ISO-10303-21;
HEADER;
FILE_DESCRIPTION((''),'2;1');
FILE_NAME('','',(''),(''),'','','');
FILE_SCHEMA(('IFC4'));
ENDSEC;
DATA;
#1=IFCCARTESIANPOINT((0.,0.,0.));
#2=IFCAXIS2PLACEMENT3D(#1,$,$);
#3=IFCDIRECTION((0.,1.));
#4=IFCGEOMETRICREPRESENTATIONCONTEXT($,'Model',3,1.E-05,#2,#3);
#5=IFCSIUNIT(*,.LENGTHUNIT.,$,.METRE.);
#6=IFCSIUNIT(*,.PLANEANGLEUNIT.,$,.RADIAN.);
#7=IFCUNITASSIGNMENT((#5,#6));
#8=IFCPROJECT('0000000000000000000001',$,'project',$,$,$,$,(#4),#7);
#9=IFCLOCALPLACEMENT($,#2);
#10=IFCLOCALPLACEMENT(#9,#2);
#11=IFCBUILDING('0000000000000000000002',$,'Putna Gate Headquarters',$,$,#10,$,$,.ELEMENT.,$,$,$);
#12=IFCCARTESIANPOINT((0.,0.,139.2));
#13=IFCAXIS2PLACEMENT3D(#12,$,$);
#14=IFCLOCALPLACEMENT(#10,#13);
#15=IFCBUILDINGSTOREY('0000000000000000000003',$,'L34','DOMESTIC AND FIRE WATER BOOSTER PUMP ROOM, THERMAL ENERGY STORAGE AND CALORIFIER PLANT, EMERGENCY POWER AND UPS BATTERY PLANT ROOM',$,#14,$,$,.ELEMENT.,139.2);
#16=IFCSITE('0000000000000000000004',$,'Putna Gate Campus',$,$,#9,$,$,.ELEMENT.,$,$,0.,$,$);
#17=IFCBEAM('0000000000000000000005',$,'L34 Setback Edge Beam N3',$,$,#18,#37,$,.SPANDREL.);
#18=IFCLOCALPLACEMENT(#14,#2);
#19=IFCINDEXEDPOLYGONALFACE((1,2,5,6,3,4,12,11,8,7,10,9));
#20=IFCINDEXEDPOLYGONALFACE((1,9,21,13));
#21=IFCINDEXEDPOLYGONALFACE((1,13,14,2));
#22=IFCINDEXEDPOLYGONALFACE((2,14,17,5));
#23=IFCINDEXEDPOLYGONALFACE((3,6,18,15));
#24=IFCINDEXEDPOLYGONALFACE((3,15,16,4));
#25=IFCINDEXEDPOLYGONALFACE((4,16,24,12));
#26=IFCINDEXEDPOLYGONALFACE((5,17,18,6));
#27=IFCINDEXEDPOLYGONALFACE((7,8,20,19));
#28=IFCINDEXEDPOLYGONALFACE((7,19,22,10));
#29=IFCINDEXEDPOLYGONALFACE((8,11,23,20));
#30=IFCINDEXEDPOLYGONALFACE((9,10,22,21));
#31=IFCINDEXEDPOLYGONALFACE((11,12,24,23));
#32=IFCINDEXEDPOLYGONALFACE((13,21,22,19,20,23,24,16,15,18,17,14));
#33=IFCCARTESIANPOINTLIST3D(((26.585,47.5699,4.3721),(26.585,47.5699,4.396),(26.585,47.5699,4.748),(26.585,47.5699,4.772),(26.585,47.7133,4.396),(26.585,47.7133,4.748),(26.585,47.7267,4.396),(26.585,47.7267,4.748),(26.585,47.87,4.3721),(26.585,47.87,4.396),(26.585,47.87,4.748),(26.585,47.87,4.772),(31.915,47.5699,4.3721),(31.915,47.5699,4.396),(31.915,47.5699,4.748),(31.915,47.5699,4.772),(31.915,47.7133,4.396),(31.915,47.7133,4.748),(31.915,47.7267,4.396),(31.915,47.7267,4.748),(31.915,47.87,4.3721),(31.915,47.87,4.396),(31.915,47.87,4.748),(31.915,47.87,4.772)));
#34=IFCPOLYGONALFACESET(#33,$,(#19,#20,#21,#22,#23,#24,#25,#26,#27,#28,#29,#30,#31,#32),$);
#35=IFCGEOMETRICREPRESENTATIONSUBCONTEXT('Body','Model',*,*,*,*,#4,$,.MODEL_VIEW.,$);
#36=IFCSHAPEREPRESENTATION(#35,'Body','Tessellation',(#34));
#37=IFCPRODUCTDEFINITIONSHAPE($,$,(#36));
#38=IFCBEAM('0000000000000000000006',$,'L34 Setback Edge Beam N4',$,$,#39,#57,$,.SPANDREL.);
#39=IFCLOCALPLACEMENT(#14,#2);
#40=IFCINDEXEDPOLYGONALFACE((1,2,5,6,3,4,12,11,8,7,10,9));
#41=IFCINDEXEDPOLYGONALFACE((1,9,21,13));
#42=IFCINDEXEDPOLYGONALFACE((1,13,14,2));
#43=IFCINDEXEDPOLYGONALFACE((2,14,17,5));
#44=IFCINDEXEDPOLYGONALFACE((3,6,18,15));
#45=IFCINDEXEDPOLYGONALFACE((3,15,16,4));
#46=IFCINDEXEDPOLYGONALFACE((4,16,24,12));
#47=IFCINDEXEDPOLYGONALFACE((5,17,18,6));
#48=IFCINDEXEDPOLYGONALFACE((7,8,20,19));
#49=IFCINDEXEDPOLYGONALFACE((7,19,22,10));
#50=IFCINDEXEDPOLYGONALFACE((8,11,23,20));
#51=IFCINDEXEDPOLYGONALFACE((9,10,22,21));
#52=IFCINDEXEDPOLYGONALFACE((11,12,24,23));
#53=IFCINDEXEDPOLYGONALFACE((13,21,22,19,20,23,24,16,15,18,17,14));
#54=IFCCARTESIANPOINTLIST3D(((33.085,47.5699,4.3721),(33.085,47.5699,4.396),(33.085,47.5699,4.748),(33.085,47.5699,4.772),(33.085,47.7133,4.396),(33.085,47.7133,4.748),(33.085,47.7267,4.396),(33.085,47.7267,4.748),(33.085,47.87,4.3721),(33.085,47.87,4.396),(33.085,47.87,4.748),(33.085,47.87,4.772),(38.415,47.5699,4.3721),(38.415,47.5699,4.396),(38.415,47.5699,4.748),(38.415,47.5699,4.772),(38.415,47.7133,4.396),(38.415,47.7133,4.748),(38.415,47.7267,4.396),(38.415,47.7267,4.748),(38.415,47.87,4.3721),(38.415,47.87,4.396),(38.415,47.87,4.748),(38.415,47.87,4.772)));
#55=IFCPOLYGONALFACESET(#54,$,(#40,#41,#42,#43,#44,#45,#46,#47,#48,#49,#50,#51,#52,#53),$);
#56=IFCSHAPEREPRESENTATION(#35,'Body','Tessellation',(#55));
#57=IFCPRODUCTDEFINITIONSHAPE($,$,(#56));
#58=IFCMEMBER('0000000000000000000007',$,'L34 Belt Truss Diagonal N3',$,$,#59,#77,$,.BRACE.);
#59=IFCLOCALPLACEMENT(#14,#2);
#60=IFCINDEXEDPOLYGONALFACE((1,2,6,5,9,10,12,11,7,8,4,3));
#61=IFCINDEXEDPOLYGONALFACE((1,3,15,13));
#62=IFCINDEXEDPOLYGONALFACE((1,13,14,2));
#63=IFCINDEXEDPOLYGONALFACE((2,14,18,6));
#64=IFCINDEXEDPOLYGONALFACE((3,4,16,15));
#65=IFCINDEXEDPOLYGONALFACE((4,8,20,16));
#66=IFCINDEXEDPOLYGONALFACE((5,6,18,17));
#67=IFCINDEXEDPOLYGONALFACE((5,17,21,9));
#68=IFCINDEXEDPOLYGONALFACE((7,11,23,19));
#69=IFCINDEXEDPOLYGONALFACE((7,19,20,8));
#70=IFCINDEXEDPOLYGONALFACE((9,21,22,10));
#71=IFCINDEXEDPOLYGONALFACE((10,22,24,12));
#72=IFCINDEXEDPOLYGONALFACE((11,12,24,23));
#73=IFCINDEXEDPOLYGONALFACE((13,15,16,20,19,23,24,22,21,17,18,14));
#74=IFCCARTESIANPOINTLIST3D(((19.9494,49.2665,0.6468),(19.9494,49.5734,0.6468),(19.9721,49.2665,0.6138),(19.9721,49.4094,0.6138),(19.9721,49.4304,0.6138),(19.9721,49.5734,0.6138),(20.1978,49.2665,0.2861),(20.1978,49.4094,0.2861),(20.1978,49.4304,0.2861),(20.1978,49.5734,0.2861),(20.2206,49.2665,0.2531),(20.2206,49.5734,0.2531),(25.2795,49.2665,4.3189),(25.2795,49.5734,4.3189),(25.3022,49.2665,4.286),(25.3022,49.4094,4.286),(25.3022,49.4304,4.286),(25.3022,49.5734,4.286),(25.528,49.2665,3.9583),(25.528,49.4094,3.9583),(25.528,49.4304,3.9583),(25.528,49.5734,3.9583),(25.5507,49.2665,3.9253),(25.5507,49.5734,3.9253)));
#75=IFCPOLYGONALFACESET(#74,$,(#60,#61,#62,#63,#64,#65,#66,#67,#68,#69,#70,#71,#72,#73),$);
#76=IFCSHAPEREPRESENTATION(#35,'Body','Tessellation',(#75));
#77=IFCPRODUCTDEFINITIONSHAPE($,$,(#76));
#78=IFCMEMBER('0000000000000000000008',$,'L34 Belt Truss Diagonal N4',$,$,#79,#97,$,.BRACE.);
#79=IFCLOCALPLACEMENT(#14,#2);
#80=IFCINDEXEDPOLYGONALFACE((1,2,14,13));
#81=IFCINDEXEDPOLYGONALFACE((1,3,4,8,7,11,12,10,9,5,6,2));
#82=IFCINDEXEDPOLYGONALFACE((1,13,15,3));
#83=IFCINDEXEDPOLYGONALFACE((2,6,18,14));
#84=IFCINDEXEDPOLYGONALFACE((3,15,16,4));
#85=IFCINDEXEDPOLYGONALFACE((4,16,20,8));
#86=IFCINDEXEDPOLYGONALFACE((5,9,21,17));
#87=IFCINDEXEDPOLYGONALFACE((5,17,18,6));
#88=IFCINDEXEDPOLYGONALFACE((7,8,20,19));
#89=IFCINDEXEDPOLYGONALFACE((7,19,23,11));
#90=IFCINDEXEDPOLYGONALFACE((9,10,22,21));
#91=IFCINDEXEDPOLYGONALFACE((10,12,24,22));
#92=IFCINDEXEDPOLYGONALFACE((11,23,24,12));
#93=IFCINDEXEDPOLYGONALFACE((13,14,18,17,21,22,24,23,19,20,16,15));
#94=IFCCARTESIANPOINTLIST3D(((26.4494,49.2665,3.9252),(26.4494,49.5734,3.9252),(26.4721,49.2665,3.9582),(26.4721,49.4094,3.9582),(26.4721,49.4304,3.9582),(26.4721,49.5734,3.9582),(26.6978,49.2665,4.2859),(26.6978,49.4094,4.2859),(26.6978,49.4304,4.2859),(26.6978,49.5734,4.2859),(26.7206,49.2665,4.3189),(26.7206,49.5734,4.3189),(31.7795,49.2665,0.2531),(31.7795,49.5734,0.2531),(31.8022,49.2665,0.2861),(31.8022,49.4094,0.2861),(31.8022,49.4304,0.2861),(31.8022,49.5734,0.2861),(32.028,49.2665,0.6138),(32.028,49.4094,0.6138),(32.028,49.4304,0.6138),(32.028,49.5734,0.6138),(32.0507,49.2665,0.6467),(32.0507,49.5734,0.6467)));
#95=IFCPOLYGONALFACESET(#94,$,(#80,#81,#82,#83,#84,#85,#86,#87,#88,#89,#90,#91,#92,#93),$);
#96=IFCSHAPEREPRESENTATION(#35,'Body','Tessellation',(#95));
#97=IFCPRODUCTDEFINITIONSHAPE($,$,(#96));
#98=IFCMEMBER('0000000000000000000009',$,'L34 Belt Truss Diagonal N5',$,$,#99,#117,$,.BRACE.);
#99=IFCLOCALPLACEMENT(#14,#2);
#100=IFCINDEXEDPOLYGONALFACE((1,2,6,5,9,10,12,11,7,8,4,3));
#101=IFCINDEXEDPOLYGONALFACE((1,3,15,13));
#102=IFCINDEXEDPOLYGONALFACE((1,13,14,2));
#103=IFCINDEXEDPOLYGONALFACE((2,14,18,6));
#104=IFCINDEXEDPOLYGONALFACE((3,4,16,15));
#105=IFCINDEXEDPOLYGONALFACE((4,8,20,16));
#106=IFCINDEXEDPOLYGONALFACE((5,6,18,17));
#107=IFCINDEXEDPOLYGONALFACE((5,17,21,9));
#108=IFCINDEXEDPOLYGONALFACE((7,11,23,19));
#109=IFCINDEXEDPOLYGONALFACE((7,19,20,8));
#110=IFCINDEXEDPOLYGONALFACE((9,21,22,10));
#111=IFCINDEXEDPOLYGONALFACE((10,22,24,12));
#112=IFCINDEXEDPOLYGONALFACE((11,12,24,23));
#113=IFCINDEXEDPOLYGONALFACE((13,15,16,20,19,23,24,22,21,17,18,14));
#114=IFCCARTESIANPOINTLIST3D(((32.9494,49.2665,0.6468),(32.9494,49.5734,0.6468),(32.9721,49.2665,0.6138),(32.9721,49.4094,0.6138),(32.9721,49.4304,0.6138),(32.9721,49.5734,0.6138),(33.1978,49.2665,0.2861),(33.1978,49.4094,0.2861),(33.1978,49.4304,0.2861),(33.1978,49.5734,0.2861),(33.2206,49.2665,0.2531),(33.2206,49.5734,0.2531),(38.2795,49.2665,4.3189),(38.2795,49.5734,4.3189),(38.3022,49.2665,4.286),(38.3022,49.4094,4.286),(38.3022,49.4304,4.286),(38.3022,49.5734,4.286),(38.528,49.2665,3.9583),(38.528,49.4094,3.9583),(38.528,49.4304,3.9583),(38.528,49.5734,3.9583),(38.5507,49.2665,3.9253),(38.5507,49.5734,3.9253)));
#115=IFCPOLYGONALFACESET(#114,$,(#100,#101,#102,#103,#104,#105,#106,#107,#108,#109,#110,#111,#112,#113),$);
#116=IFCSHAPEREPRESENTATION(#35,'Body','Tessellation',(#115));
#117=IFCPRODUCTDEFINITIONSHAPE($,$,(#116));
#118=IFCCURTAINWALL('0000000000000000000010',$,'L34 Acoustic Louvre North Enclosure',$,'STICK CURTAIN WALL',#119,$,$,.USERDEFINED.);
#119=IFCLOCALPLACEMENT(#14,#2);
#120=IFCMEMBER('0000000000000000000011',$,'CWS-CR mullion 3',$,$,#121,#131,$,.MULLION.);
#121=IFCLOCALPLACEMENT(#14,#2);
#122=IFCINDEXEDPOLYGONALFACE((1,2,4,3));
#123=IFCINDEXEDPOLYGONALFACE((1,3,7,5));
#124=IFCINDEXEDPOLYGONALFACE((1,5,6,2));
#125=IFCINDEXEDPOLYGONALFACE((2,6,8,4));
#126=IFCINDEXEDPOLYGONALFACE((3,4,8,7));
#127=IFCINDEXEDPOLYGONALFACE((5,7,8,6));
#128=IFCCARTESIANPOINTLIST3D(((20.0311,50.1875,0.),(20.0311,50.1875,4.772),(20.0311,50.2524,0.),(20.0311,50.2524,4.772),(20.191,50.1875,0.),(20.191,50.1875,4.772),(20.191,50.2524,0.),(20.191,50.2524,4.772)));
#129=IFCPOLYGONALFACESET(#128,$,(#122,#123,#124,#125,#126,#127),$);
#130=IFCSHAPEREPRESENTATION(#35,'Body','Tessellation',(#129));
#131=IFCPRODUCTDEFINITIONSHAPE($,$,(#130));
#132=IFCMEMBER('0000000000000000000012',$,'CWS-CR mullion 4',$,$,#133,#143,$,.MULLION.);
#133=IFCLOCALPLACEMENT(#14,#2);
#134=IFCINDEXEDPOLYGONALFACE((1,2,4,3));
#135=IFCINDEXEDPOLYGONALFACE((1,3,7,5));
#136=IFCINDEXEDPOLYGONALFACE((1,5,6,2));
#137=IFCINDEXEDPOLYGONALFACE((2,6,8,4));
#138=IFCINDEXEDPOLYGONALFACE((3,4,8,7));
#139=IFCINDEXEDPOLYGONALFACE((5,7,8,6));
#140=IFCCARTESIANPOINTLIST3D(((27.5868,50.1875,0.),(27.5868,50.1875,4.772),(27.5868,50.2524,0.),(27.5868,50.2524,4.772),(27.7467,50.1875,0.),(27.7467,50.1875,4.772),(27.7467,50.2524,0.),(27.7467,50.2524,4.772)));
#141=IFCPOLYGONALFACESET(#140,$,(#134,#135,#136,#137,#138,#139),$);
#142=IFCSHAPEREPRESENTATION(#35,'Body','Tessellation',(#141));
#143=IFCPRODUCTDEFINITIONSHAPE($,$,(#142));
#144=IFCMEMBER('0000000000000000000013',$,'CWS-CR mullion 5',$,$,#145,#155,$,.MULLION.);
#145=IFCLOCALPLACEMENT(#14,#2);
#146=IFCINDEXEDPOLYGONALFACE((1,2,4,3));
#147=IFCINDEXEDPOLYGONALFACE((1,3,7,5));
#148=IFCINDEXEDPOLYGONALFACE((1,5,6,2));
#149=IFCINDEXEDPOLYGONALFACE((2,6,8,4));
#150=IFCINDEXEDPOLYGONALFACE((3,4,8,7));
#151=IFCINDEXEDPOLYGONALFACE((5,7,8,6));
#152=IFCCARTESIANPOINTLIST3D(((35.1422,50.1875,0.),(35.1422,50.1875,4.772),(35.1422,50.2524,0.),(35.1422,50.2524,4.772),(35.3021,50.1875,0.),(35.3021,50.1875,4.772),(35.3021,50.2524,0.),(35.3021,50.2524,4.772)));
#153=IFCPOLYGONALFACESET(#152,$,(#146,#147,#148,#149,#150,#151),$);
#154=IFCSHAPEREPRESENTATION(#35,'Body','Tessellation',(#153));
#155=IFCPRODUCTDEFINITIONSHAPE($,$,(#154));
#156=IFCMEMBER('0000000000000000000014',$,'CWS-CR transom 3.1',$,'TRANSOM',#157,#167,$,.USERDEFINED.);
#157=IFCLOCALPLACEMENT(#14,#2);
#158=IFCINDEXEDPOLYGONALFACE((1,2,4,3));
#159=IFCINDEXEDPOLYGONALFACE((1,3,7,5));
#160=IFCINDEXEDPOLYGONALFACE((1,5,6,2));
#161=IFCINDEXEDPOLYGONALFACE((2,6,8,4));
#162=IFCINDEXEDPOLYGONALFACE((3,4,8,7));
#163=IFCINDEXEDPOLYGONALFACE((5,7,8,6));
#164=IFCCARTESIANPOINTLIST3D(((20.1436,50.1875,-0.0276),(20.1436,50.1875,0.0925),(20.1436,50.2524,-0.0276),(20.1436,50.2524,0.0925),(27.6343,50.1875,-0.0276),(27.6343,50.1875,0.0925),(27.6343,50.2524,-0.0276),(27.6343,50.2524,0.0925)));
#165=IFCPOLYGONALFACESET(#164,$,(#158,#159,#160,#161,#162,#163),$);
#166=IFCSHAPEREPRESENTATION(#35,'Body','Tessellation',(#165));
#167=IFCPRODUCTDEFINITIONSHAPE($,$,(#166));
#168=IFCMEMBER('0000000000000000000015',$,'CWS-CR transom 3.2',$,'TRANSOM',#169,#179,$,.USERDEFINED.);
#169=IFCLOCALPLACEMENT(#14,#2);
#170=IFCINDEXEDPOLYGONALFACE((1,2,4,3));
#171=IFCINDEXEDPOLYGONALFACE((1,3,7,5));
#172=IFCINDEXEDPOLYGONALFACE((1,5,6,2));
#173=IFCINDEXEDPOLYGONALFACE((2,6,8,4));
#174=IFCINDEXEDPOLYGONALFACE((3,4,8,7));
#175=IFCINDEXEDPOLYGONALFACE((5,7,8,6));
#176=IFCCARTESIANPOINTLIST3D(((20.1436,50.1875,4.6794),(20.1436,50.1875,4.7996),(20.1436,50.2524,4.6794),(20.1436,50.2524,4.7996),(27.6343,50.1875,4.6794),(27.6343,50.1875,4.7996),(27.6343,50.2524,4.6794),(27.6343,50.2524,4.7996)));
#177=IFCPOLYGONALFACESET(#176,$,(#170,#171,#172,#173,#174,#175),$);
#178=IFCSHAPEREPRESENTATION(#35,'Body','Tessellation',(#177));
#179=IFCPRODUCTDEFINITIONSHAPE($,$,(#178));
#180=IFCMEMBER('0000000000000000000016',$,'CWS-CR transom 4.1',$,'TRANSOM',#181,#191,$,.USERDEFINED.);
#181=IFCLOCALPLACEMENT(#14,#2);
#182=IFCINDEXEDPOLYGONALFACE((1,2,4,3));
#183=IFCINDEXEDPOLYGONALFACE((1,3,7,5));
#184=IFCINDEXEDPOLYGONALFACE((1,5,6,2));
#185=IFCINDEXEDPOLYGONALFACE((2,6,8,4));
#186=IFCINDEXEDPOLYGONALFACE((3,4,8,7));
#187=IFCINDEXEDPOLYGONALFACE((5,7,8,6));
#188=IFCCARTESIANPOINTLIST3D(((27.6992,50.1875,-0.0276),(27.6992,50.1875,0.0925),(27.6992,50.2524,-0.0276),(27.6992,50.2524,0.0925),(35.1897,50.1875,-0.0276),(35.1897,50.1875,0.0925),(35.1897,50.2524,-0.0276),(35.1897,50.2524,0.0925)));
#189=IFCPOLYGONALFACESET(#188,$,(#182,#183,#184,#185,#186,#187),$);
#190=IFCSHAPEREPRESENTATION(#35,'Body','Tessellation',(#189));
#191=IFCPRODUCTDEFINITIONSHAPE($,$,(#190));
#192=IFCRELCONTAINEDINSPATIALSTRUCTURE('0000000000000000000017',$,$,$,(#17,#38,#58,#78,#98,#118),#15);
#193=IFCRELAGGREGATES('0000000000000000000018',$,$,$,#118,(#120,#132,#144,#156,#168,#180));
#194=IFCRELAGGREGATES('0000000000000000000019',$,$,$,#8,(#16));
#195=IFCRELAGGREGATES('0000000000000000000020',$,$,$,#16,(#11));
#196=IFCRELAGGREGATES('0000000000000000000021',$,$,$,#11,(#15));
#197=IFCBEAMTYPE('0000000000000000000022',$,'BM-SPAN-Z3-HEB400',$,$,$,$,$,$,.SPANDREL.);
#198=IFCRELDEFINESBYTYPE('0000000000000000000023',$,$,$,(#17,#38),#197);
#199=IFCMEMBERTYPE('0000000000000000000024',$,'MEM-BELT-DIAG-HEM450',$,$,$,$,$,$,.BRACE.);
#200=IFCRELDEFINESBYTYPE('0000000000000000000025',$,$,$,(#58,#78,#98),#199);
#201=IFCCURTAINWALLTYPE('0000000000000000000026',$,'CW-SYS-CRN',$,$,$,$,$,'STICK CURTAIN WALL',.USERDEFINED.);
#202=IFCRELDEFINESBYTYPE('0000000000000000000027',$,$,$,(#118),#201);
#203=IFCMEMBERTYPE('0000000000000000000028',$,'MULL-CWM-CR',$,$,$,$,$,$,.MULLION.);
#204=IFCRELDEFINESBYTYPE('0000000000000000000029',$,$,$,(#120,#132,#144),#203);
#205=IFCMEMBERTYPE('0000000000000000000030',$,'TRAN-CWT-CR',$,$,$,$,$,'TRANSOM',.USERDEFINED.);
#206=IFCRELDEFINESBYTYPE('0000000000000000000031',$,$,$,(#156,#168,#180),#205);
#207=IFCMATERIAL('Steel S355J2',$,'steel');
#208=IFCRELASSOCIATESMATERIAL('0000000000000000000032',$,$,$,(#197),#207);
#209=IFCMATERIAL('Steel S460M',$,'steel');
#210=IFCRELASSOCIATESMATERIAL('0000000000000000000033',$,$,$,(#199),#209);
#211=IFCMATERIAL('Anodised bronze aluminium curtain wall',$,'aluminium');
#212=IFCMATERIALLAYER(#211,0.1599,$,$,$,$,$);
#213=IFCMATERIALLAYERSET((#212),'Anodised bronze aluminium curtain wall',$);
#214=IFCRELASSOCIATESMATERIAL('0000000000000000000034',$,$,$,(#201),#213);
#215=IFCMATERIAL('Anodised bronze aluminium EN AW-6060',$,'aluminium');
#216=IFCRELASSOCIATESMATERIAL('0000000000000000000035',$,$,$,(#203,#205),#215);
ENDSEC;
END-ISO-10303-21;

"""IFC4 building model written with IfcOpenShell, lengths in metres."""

from ifc_helpers import new_model, si_unit, direction, frame, origin, origin_2d, place, context, subcontext, project, spatial, rectangle, i_section, extrude, material, layer, layer_set, material_profile, profile_set, type_object, element, aggregate, save


model = new_model("IFC4")

# Units and contexts
model_context = context("Model", 3, precision=1e-05, world=origin(), true_north=direction((0.0, 1.0)))
body_context = subcontext(model_context, "Body", "Model", "MODEL_VIEW")
ifc_project = project(units=[si_unit("LENGTHUNIT", "METRE"), si_unit("PLANEANGLEUNIT", "RADIAN")], contexts=[model_context])

# Site, building, storey
site_placement = place(None, origin())
site = spatial("IfcSite", under=ifc_project, at=site_placement, Name="Putna Gate Campus", CompositionType="ELEMENT", RefElevation=0.0)
building_placement = place(site_placement, origin())
building = spatial("IfcBuilding", under=site, at=building_placement, Name="Putna Gate Headquarters", CompositionType="ELEMENT")
storey_placement = place(building_placement, frame((0.0, 0.0, 139.2)))
storey = spatial("IfcBuildingStorey", under=building, at=storey_placement, Name="L34", Description="DOMESTIC AND FIRE WATER BOOSTER PUMP ROOM, THERMAL ENERGY STORAGE AND CALORIFIER PLANT, EMERGENCY POWER AND UPS BATTERY PLANT ROOM", CompositionType="ELEMENT", Elevation=139.2)

# Beams
ifc_material_1 = material(Name="Steel S355J2", Category="steel")
ifc_material_profile_1 = material_profile(ifc_material_1, i_section(OverallWidth=0.3, OverallDepth=0.3999, WebThickness=0.0134, FlangeThickness=0.0239, at=origin_2d()), Name="Steel S355J2")
ifc_profile_set_1 = profile_set([ifc_material_profile_1], Name="Steel S355J2")
beam_type_1 = type_object("IfcBeamType", Name="BM-SPAN-Z3-HEB400", PredefinedType="SPANDREL", material=ifc_profile_set_1)
for number, where, z_axis, x_axis, name in (
    (1, (26.585, 47.72, 4.572), (1.0, 0.0, 0.0), (0.0, 1.0, 0.0), "L34 Setback Edge Beam N3"),
    (2, (33.085, 47.72, 4.572), (1.0, 0.0, 0.0), (0.0, 1.0, 0.0), "L34 Setback Edge Beam N4"),
):
    element("IfcBeam", number, at=place(storey_placement, frame(where, z_axis=z_axis, x_axis=x_axis)), inside=storey, type_object=beam_type_1, Name=name, PredefinedType="SPANDREL", context=body_context, shape_type="SweptSolid", body=[
        extrude(i_section(OverallWidth=0.3, OverallDepth=0.3999, WebThickness=0.0134, FlangeThickness=0.0239, at=origin_2d()), origin(), (0.0, 0.0, 1.0), 5.3301),
    ])

# Members
ifc_material_2 = material(Name="Steel S460M", Category="steel")
ifc_material_profile_2 = material_profile(ifc_material_2, i_section(OverallWidth=0.3069, OverallDepth=0.478, WebThickness=0.021, FlangeThickness=0.04, at=origin_2d()), Name="Steel S460M")
ifc_profile_set_2 = profile_set([ifc_material_profile_2], Name="Steel S460M")
member_type_1 = type_object("IfcMemberType", Name="MEM-BELT-DIAG-HEM450", PredefinedType="BRACE", material=ifc_profile_set_2)
for number, where, z_axis, x_axis, name in (
    (3, (20.085, 49.4199, 0.45), (0.823487, 0.0, 0.567335), (0.0, 1.0, 0.0), "L34 Belt Truss Diagonal N3"),
    (4, (26.585, 49.4199, 4.1221), (0.823487, 0.0, -0.567335), (0.0, 1.0, 0.0), "L34 Belt Truss Diagonal N4"),
    (5, (33.085, 49.4199, 0.45), (0.823487, 0.0, 0.567335), (0.0, 1.0, 0.0), "L34 Belt Truss Diagonal N5"),
):
    element("IfcMember", number, at=place(storey_placement, frame(where, z_axis=z_axis, x_axis=x_axis)), inside=storey, type_object=member_type_1, Name=name, PredefinedType="BRACE", context=body_context, shape_type="SweptSolid", body=[
        extrude(i_section(OverallWidth=0.3069, OverallDepth=0.478, WebThickness=0.021, FlangeThickness=0.04, at=origin_2d()), origin(), (0.0, 0.0, 1.0), 6.4727),
    ])

# Curtain wall, members
ifc_material_3 = material(Name="Anodised bronze aluminium curtain wall", Category="aluminium")
ifc_layer_1 = layer(ifc_material_3, 0.1599)
ifc_layer_set_1 = layer_set([ifc_layer_1], Name="Anodised bronze aluminium curtain wall")
curtain_wall_type = type_object("IfcCurtainWallType", Name="CW-SYS-CRN", ElementType="STICK CURTAIN WALL", PredefinedType="USERDEFINED", material=ifc_layer_set_1)
curtain_wall_placement = place(storey_placement, origin())
curtain_wall = element("IfcCurtainWall", 6, at=curtain_wall_placement, inside=storey, type_object=curtain_wall_type, Name="L34 Acoustic Louvre North Enclosure", ObjectType="STICK CURTAIN WALL", PredefinedType="USERDEFINED")
ifc_material_4 = material(Name="Anodised bronze aluminium EN AW-6060", Category="aluminium")
ifc_material_profile_3 = material_profile(ifc_material_4, rectangle(XDim=0.0649, YDim=0.1599, at=origin_2d()), Name="Anodised bronze aluminium EN AW-6060")
ifc_profile_set_3 = profile_set([ifc_material_profile_3], Name="Anodised bronze aluminium EN AW-6060")
member_type_2 = type_object("IfcMemberType", Name="MULL-CWM-CR", PredefinedType="MULLION", material=ifc_profile_set_3)
member_1_placement = place(storey_placement, frame((20.1111, 50.22, 0.0), z_axis=(0.0, 0.0, 1.0), x_axis=(0.0, 1.0, 0.0)))
member_1 = element("IfcMember", 7, at=member_1_placement, type_object=member_type_2, Name="CWS-CR mullion 3", PredefinedType="MULLION", context=body_context, shape_type="SweptSolid", body=[
    extrude(rectangle(XDim=0.0649, YDim=0.1599, at=origin_2d()), origin(), (0.0, 0.0, 1.0), 4.772),
])
member_2_placement = place(storey_placement, frame((27.6667, 50.22, 0.0), z_axis=(0.0, 0.0, 1.0), x_axis=(0.0, 1.0, 0.0)))
member_2 = element("IfcMember", 8, at=member_2_placement, type_object=member_type_2, Name="CWS-CR mullion 4", PredefinedType="MULLION", context=body_context, shape_type="SweptSolid", body=[
    extrude(rectangle(XDim=0.0649, YDim=0.1599, at=origin_2d()), origin(), (0.0, 0.0, 1.0), 4.772),
])
member_3_placement = place(storey_placement, frame((35.2222, 50.22, 0.0), z_axis=(0.0, 0.0, 1.0), x_axis=(0.0, 1.0, 0.0)))
member_3 = element("IfcMember", 9, at=member_3_placement, type_object=member_type_2, Name="CWS-CR mullion 5", PredefinedType="MULLION", context=body_context, shape_type="SweptSolid", body=[
    extrude(rectangle(XDim=0.0649, YDim=0.1599, at=origin_2d()), origin(), (0.0, 0.0, 1.0), 4.772),
])
ifc_material_profile_4 = material_profile(ifc_material_4, rectangle(XDim=0.0649, YDim=0.1201, at=origin_2d()), Name="Anodised bronze aluminium EN AW-6060")
ifc_profile_set_4 = profile_set([ifc_material_profile_4], Name="Anodised bronze aluminium EN AW-6060")
member_type_3 = type_object("IfcMemberType", Name="TRAN-CWT-CR", ElementType="TRANSOM", PredefinedType="USERDEFINED", material=ifc_profile_set_4)
member_4_placement = place(storey_placement, frame((20.1436, 50.22, 0.0325), z_axis=(1.0, 0.0, 0.0), x_axis=(0.0, 1.0, 0.0)))
member_4 = element("IfcMember", 10, at=member_4_placement, type_object=member_type_3, Name="CWS-CR transom 3.1", ObjectType="TRANSOM", PredefinedType="USERDEFINED", context=body_context, shape_type="SweptSolid", body=[
    extrude(rectangle(XDim=0.0649, YDim=0.1201, at=origin_2d()), origin(), (0.0, 0.0, 1.0), 7.4907),
])
member_5_placement = place(storey_placement, frame((20.1436, 50.22, 4.7395), z_axis=(1.0, 0.0, 0.0), x_axis=(0.0, 1.0, 0.0)))
member_5 = element("IfcMember", 11, at=member_5_placement, type_object=member_type_3, Name="CWS-CR transom 3.2", ObjectType="TRANSOM", PredefinedType="USERDEFINED", context=body_context, shape_type="SweptSolid", body=[
    extrude(rectangle(XDim=0.0649, YDim=0.1201, at=origin_2d()), origin(), (0.0, 0.0, 1.0), 7.4907),
])
member_6_placement = place(storey_placement, frame((27.6992, 50.22, 0.0325), z_axis=(1.0, 0.0, 0.0), x_axis=(0.0, 1.0, 0.0)))
member_6 = element("IfcMember", 12, at=member_6_placement, type_object=member_type_3, Name="CWS-CR transom 4.1", ObjectType="TRANSOM", PredefinedType="USERDEFINED", context=body_context, shape_type="SweptSolid", body=[
    extrude(rectangle(XDim=0.0649, YDim=0.1201, at=origin_2d()), origin(), (0.0, 0.0, 1.0), 7.4905),
])
aggregate(curtain_wall, [member_1, member_2, member_3, member_4, member_5, member_6])

save(model, "model.ifc")
